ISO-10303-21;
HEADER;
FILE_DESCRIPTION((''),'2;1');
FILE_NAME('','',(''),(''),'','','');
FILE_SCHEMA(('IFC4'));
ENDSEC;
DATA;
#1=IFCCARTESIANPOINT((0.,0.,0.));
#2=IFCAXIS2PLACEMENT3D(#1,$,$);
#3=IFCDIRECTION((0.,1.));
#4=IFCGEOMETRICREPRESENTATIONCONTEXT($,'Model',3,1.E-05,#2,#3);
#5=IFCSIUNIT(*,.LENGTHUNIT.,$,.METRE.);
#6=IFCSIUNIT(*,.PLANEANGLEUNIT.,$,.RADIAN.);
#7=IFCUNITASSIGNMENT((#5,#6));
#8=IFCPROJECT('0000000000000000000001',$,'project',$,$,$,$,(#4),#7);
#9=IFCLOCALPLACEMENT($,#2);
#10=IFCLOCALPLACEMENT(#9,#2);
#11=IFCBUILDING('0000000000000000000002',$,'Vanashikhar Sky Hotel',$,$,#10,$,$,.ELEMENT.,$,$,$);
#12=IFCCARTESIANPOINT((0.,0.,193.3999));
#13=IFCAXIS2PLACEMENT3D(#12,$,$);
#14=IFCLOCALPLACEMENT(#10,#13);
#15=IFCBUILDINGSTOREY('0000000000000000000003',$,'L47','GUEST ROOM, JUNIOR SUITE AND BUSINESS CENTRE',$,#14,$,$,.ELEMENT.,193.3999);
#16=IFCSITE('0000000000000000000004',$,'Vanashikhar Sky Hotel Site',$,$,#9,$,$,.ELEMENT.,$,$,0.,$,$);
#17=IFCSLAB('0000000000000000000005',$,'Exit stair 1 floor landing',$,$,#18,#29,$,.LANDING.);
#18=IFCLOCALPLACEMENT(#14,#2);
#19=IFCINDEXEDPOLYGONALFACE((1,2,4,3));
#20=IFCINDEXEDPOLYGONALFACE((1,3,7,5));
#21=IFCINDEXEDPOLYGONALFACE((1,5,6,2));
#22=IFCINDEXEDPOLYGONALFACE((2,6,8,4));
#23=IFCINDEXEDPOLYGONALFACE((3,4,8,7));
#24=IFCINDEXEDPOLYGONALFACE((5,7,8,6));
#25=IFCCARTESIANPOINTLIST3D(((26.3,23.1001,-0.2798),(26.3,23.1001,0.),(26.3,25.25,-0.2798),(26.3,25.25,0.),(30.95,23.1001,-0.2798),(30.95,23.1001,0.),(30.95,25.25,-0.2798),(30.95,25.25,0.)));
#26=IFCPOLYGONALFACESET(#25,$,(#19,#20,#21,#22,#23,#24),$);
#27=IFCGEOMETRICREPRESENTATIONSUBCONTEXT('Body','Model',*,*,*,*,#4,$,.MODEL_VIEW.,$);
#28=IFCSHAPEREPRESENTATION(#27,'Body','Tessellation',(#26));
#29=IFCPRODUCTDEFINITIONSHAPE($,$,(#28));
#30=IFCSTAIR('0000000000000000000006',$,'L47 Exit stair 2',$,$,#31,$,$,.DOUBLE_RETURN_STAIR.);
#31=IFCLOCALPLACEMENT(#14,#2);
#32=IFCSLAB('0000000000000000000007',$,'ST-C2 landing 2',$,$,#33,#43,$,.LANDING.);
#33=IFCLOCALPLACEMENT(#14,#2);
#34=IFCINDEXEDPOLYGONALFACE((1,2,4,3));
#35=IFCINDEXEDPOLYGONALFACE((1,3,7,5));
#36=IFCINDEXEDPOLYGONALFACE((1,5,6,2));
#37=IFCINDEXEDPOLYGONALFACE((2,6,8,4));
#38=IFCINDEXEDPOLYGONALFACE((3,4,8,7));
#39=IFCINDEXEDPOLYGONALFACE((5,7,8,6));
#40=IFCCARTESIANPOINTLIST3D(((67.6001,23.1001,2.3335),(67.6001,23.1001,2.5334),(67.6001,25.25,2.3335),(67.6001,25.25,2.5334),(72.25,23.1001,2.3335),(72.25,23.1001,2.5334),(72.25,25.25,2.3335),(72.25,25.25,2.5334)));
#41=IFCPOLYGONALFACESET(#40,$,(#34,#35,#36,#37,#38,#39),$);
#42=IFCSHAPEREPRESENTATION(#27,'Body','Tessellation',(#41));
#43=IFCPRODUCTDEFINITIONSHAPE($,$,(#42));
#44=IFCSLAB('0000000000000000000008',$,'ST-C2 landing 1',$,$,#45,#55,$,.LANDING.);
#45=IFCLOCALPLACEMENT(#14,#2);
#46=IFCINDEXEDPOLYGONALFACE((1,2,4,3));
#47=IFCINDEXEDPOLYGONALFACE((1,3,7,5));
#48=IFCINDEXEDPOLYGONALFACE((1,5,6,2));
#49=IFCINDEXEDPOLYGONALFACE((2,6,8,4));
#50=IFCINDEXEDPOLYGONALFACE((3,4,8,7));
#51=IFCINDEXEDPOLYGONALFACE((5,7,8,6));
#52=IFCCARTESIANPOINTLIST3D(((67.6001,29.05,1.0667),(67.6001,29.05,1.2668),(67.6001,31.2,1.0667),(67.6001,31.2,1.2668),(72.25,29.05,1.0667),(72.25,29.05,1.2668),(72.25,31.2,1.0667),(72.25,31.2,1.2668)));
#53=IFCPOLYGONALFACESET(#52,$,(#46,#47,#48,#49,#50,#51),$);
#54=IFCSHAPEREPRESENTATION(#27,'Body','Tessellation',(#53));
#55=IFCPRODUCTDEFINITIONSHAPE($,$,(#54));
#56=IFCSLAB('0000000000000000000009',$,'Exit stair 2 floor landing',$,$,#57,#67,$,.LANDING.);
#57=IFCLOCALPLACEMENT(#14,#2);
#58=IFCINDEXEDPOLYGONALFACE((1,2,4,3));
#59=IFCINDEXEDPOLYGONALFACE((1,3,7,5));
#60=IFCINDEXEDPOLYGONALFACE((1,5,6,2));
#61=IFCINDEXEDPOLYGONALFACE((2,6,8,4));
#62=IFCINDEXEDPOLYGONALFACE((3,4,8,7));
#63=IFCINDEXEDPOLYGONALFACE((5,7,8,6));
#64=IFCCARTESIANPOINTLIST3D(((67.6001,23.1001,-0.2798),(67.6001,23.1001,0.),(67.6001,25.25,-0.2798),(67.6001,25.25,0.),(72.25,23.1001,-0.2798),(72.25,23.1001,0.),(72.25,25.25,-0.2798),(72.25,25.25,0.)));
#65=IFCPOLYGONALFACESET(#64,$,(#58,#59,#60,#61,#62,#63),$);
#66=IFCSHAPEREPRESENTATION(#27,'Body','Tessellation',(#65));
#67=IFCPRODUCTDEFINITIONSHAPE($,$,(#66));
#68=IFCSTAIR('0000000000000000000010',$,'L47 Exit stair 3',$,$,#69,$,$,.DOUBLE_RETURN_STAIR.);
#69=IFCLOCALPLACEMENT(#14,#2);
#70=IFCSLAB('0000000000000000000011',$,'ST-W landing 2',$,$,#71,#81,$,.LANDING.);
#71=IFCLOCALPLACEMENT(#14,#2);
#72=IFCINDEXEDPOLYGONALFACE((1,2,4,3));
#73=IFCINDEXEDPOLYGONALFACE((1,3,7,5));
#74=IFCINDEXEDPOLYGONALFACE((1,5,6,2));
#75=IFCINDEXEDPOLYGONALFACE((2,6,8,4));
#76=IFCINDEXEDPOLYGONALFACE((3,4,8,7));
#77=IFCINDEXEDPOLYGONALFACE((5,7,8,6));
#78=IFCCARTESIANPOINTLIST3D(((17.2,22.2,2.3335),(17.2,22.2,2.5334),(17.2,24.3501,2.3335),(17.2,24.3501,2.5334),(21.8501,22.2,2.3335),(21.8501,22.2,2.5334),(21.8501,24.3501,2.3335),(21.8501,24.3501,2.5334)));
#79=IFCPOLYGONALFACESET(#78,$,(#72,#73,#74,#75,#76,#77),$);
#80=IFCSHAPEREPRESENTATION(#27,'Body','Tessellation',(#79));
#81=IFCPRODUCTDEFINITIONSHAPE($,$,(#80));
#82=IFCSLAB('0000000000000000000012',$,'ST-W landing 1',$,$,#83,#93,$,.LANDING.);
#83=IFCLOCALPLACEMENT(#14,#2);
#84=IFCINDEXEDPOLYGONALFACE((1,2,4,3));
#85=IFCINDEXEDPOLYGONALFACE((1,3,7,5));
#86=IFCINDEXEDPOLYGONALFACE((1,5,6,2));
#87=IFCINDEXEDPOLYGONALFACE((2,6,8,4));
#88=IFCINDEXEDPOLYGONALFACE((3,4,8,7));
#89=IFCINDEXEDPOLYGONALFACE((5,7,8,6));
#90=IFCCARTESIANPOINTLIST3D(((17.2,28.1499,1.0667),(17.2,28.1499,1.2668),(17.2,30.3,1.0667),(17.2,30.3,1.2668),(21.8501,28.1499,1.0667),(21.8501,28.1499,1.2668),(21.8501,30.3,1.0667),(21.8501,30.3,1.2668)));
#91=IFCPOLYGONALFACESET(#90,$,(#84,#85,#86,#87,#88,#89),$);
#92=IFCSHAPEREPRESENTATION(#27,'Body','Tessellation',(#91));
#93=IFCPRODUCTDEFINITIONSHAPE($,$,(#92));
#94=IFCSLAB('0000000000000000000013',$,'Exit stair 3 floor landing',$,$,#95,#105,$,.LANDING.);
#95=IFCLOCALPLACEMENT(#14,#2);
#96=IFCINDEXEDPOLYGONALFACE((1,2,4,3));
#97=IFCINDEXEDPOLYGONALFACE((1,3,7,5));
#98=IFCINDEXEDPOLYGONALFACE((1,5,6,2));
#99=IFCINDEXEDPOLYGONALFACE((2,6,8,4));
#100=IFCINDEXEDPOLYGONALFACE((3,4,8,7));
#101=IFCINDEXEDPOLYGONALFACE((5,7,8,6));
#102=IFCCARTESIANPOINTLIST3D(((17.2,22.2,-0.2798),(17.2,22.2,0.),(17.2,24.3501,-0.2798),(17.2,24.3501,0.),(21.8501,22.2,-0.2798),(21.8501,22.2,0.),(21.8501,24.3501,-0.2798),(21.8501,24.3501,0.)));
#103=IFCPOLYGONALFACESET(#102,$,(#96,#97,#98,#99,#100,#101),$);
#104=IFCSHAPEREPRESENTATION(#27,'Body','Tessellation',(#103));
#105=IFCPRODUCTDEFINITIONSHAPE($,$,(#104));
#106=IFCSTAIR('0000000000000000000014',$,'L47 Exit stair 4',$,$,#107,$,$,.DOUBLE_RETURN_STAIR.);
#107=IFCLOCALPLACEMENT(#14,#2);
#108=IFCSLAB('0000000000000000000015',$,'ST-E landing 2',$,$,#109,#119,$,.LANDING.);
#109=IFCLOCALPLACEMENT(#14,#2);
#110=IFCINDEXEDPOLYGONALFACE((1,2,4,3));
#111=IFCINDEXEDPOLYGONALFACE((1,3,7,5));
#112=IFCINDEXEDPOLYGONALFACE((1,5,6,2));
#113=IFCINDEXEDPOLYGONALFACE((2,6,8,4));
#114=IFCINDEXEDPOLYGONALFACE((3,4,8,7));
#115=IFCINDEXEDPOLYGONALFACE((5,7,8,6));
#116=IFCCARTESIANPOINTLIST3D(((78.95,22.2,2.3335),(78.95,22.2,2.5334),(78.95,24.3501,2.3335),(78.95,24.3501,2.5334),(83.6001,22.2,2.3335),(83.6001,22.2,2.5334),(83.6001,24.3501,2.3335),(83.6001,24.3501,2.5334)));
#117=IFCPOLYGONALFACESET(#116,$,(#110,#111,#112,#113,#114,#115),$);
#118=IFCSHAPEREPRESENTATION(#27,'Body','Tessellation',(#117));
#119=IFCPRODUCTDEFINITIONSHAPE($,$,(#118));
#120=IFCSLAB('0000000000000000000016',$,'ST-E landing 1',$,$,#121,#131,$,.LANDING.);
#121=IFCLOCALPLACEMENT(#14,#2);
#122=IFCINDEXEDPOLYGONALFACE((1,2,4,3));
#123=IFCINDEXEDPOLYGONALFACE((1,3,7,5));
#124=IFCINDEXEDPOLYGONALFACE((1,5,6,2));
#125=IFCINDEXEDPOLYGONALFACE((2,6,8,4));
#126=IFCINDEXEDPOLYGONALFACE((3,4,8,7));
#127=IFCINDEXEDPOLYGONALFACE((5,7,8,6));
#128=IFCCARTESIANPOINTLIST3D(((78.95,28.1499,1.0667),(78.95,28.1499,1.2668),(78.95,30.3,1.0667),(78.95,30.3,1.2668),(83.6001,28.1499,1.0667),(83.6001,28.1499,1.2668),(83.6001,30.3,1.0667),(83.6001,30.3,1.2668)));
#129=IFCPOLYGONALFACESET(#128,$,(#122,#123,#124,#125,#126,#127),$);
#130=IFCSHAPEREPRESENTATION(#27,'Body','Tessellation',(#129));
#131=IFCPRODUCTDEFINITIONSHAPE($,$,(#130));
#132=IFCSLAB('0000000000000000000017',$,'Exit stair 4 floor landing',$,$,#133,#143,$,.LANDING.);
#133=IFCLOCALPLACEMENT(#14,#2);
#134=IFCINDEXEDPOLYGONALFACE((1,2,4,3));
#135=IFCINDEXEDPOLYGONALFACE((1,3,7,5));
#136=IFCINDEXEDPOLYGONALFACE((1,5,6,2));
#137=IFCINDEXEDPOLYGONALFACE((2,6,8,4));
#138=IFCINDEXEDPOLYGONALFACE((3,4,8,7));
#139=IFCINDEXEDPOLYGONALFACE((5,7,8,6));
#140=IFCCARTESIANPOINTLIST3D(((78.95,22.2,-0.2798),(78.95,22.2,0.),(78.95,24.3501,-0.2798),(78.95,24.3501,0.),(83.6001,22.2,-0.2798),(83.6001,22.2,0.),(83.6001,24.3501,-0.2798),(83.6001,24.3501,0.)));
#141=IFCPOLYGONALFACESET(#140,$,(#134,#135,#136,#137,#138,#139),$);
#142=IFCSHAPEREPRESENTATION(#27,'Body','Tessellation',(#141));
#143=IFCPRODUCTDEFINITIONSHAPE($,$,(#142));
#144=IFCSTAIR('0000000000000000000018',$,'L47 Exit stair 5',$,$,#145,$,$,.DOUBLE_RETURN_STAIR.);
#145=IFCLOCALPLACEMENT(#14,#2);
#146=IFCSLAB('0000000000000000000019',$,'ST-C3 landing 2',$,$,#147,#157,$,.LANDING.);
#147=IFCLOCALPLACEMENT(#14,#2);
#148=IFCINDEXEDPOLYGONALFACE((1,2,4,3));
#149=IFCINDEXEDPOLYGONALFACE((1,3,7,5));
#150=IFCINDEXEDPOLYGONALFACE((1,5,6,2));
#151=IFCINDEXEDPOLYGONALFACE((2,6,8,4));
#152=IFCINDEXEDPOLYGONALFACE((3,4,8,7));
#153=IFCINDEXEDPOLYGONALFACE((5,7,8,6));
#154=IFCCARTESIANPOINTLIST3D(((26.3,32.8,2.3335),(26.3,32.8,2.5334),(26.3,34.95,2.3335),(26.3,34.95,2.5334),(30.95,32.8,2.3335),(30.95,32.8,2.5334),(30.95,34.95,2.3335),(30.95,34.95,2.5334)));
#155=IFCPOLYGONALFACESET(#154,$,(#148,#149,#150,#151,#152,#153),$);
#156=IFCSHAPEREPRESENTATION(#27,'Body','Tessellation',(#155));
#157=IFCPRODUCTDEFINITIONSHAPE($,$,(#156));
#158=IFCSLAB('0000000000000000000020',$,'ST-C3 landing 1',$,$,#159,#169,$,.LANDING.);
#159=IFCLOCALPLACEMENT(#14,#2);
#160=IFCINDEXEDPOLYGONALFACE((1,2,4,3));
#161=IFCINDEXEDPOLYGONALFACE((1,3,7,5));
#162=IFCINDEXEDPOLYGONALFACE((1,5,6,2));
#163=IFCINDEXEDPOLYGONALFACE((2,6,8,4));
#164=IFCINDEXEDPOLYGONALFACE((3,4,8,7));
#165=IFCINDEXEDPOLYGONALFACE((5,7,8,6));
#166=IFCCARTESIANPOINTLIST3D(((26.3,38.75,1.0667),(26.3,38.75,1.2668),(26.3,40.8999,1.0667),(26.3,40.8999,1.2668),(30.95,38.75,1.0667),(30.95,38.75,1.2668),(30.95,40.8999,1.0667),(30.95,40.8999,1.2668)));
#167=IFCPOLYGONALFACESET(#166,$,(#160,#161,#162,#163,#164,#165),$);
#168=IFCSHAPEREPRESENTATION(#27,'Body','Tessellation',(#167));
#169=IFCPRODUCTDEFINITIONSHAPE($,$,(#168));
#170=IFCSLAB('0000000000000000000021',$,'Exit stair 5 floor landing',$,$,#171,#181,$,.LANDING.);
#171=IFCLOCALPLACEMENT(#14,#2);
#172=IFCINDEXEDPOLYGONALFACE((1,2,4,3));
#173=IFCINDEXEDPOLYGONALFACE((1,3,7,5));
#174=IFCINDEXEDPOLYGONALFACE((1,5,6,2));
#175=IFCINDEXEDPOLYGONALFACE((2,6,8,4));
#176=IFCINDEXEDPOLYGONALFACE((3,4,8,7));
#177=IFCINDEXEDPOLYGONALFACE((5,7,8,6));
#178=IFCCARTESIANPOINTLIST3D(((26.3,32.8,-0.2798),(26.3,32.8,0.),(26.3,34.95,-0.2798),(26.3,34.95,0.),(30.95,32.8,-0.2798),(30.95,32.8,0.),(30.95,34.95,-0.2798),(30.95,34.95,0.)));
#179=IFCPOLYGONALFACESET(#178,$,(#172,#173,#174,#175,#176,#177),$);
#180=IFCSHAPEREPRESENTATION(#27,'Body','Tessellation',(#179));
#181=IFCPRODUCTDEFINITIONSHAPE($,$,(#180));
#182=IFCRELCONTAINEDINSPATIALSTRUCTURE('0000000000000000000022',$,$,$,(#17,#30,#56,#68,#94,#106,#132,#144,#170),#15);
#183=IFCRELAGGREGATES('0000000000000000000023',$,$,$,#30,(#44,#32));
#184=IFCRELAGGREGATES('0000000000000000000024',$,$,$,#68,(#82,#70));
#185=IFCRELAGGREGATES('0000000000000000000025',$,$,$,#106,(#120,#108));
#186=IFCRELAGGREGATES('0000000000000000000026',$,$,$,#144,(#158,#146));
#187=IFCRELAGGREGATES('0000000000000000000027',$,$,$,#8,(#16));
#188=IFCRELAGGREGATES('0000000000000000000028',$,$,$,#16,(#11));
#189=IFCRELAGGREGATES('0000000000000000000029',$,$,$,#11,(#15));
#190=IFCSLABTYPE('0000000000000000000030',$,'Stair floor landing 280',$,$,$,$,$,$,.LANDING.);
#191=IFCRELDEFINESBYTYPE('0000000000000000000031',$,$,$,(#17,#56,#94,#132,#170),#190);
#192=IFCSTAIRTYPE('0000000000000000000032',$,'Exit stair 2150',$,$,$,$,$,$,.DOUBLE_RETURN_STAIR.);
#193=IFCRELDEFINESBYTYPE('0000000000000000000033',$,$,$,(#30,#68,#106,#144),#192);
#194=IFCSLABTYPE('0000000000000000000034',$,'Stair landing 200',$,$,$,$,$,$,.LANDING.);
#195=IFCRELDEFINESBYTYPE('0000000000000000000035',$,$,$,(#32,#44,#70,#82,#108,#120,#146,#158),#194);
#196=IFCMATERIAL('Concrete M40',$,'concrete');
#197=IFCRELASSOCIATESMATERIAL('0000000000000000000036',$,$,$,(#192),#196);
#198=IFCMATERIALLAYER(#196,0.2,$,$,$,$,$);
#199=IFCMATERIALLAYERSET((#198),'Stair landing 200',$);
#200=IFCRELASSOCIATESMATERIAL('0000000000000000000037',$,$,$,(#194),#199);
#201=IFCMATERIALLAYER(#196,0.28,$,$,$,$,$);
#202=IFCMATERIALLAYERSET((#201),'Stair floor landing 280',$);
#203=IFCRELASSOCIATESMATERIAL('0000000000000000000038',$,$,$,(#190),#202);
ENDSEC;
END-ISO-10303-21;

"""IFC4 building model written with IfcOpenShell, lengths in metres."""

from ifc_helpers import new_model, si_unit, direction, frame, origin, place, context, subcontext, project, spatial, polyline, outline, extrude, source, transform, mapped, material, layer, layer_set, type_object, element, aggregate, save


model = new_model("IFC4")

# Units and contexts
model_context = context("Model", 3, precision=1e-05, world=origin(), true_north=direction((0.0, 1.0)))
body_context = subcontext(model_context, "Body", "Model", "MODEL_VIEW")
ifc_project = project(units=[si_unit("LENGTHUNIT", "METRE"), si_unit("PLANEANGLEUNIT", "RADIAN")], contexts=[model_context])

# Site, building, storey
site_placement = place(None, origin())
site = spatial("IfcSite", under=ifc_project, at=site_placement, Name="Vanashikhar Sky Hotel Site", CompositionType="ELEMENT", RefElevation=0.0)
building_placement = place(site_placement, origin())
building = spatial("IfcBuilding", under=site, at=building_placement, Name="Vanashikhar Sky Hotel", CompositionType="ELEMENT")
storey_placement = place(building_placement, frame((0.0, 0.0, 193.3999)))
storey = spatial("IfcBuildingStorey", under=building, at=storey_placement, Name="L47", Description="GUEST ROOM, JUNIOR SUITE AND BUSINESS CENTRE", CompositionType="ELEMENT", Elevation=193.3999)

# Shared definitions
ifc_material = material(Name="Concrete M40", Category="concrete")

# Shared definitions
stair_type = type_object("IfcStairType", Name="Exit stair 2150", PredefinedType="DOUBLE_RETURN_STAIR", material=ifc_material)
ifc_layer_1 = layer(ifc_material, 0.2)
ifc_layer_set_1 = layer_set([ifc_layer_1], Name="Stair landing 200")
slab_type_1 = type_object("IfcSlabType", Name="Stair landing 200", PredefinedType="LANDING", material=ifc_layer_set_1)

# Slab
ifc_layer_2 = layer(ifc_material, 0.28)
ifc_layer_set_2 = layer_set([ifc_layer_2], Name="Stair floor landing 280")
slab_type_2 = type_object("IfcSlabType", Name="Stair floor landing 280", PredefinedType="LANDING", material=ifc_layer_set_2)
shared_shape_1 = source(origin(), body_context, "Body", "SweptSolid", [
    extrude(outline(polyline([(30.95, 23.1001), (30.95, 25.25), (26.3, 25.25), (26.3, 23.1001), (30.95, 23.1001)])), origin(), (0.0, 0.0, 1.0), 0.2798),
])
slab_1_placement = place(storey_placement, frame((0.0, 0.0, -0.2798)))
element("IfcSlab", 1, at=slab_1_placement, inside=storey, type_object=slab_type_2, Name="Exit stair 1 floor landing", PredefinedType="LANDING", context=body_context, shape_type="MappedRepresentation", body=[
    mapped(shared_shape_1, transform((0.0, 0.0, 0.0), scale=1.0)),
])

# Stair, slabs
stair_1_placement = place(storey_placement, origin())
stair_1 = element("IfcStair", 2, at=stair_1_placement, inside=storey, type_object=stair_type, Name="L47 Exit stair 2", PredefinedType="DOUBLE_RETURN_STAIR")
shared_shape_2 = source(origin(), body_context, "Body", "SweptSolid", [
    extrude(outline(polyline([(72.25, 23.1001), (72.25, 25.25), (67.6001, 25.25), (67.6001, 23.1001), (72.25, 23.1001)])), origin(), (0.0, 0.0, 1.0), 0.2),
])
slab_2_placement = place(storey_placement, frame((0.0, 0.0, 2.3335)))
slab_2 = element("IfcSlab", 3, at=slab_2_placement, type_object=slab_type_1, Name="ST-C2 landing 2", PredefinedType="LANDING", context=body_context, shape_type="MappedRepresentation", body=[
    mapped(shared_shape_2, transform((0.0, 0.0, 0.0), scale=1.0)),
])
shared_shape_3 = source(origin(), body_context, "Body", "SweptSolid", [
    extrude(outline(polyline([(72.25, 29.05), (72.25, 31.2), (67.6001, 31.2), (67.6001, 29.05), (72.25, 29.05)])), origin(), (0.0, 0.0, 1.0), 0.2002),
])
slab_3_placement = place(storey_placement, frame((0.0, 0.0, 1.0667)))
slab_3 = element("IfcSlab", 4, at=slab_3_placement, type_object=slab_type_1, Name="ST-C2 landing 1", PredefinedType="LANDING", context=body_context, shape_type="MappedRepresentation", body=[
    mapped(shared_shape_3, transform((0.0, 0.0, 0.0), scale=1.0)),
])
aggregate(stair_1, [slab_3, slab_2])

# Slab
shared_shape_4 = source(origin(), body_context, "Body", "SweptSolid", [
    extrude(outline(polyline([(72.25, 23.1001), (72.25, 25.25), (67.6001, 25.25), (67.6001, 23.1001), (72.25, 23.1001)])), origin(), (0.0, 0.0, 1.0), 0.2798),
])
slab_4_placement = place(storey_placement, frame((0.0, 0.0, -0.2798)))
element("IfcSlab", 5, at=slab_4_placement, inside=storey, type_object=slab_type_2, Name="Exit stair 2 floor landing", PredefinedType="LANDING", context=body_context, shape_type="MappedRepresentation", body=[
    mapped(shared_shape_4, transform((0.0, 0.0, 0.0), scale=1.0)),
])

# Stair, slabs
stair_2_placement = place(storey_placement, origin())
stair_2 = element("IfcStair", 6, at=stair_2_placement, inside=storey, type_object=stair_type, Name="L47 Exit stair 3", PredefinedType="DOUBLE_RETURN_STAIR")
shared_shape_5 = source(origin(), body_context, "Body", "SweptSolid", [
    extrude(outline(polyline([(21.8501, 22.2), (21.8501, 24.3501), (17.2, 24.3501), (17.2, 22.2), (21.8501, 22.2)])), origin(), (0.0, 0.0, 1.0), 0.2),
])
slab_5_placement = place(storey_placement, frame((0.0, 0.0, 2.3335)))
slab_5 = element("IfcSlab", 7, at=slab_5_placement, type_object=slab_type_1, Name="ST-W landing 2", PredefinedType="LANDING", context=body_context, shape_type="MappedRepresentation", body=[
    mapped(shared_shape_5, transform((0.0, 0.0, 0.0), scale=1.0)),
])
shared_shape_6 = source(origin(), body_context, "Body", "SweptSolid", [
    extrude(outline(polyline([(21.8501, 28.1499), (21.8501, 30.3), (17.2, 30.3), (17.2, 28.1499), (21.8501, 28.1499)])), origin(), (0.0, 0.0, 1.0), 0.2002),
])
slab_6_placement = place(storey_placement, frame((0.0, 0.0, 1.0667)))
slab_6 = element("IfcSlab", 8, at=slab_6_placement, type_object=slab_type_1, Name="ST-W landing 1", PredefinedType="LANDING", context=body_context, shape_type="MappedRepresentation", body=[
    mapped(shared_shape_6, transform((0.0, 0.0, 0.0), scale=1.0)),
])
aggregate(stair_2, [slab_6, slab_5])

# Slab
shared_shape_7 = source(origin(), body_context, "Body", "SweptSolid", [
    extrude(outline(polyline([(21.8501, 22.2), (21.8501, 24.3501), (17.2, 24.3501), (17.2, 22.2), (21.8501, 22.2)])), origin(), (0.0, 0.0, 1.0), 0.2798),
])
slab_7_placement = place(storey_placement, frame((0.0, 0.0, -0.2798)))
element("IfcSlab", 9, at=slab_7_placement, inside=storey, type_object=slab_type_2, Name="Exit stair 3 floor landing", PredefinedType="LANDING", context=body_context, shape_type="MappedRepresentation", body=[
    mapped(shared_shape_7, transform((0.0, 0.0, 0.0), scale=1.0)),
])

# Stair, slabs
stair_3_placement = place(storey_placement, origin())
stair_3 = element("IfcStair", 10, at=stair_3_placement, inside=storey, type_object=stair_type, Name="L47 Exit stair 4", PredefinedType="DOUBLE_RETURN_STAIR")
shared_shape_8 = source(origin(), body_context, "Body", "SweptSolid", [
    extrude(outline(polyline([(83.6001, 22.2), (83.6001, 24.3501), (78.95, 24.3501), (78.95, 22.2), (83.6001, 22.2)])), origin(), (0.0, 0.0, 1.0), 0.2),
])
slab_8_placement = place(storey_placement, frame((0.0, 0.0, 2.3335)))
slab_8 = element("IfcSlab", 11, at=slab_8_placement, type_object=slab_type_1, Name="ST-E landing 2", PredefinedType="LANDING", context=body_context, shape_type="MappedRepresentation", body=[
    mapped(shared_shape_8, transform((0.0, 0.0, 0.0), scale=1.0)),
])
shared_shape_9 = source(origin(), body_context, "Body", "SweptSolid", [
    extrude(outline(polyline([(83.6001, 28.1499), (83.6001, 30.3), (78.95, 30.3), (78.95, 28.1499), (83.6001, 28.1499)])), origin(), (0.0, 0.0, 1.0), 0.2002),
])
slab_9_placement = place(storey_placement, frame((0.0, 0.0, 1.0667)))
slab_9 = element("IfcSlab", 12, at=slab_9_placement, type_object=slab_type_1, Name="ST-E landing 1", PredefinedType="LANDING", context=body_context, shape_type="MappedRepresentation", body=[
    mapped(shared_shape_9, transform((0.0, 0.0, 0.0), scale=1.0)),
])
aggregate(stair_3, [slab_9, slab_8])

# Slab
shared_shape_10 = source(origin(), body_context, "Body", "SweptSolid", [
    extrude(outline(polyline([(83.6001, 22.2), (83.6001, 24.3501), (78.95, 24.3501), (78.95, 22.2), (83.6001, 22.2)])), origin(), (0.0, 0.0, 1.0), 0.2798),
])
slab_10_placement = place(storey_placement, frame((0.0, 0.0, -0.2798)))
element("IfcSlab", 13, at=slab_10_placement, inside=storey, type_object=slab_type_2, Name="Exit stair 4 floor landing", PredefinedType="LANDING", context=body_context, shape_type="MappedRepresentation", body=[
    mapped(shared_shape_10, transform((0.0, 0.0, 0.0), scale=1.0)),
])

# Stair, slabs
stair_4_placement = place(storey_placement, origin())
stair_4 = element("IfcStair", 14, at=stair_4_placement, inside=storey, type_object=stair_type, Name="L47 Exit stair 5", PredefinedType="DOUBLE_RETURN_STAIR")
shared_shape_11 = source(origin(), body_context, "Body", "SweptSolid", [
    extrude(outline(polyline([(30.95, 32.8), (30.95, 34.95), (26.3, 34.95), (26.3, 32.8), (30.95, 32.8)])), origin(), (0.0, 0.0, 1.0), 0.2),
])
slab_11_placement = place(storey_placement, frame((0.0, 0.0, 2.3335)))
slab_11 = element("IfcSlab", 15, at=slab_11_placement, type_object=slab_type_1, Name="ST-C3 landing 2", PredefinedType="LANDING", context=body_context, shape_type="MappedRepresentation", body=[
    mapped(shared_shape_11, transform((0.0, 0.0, 0.0), scale=1.0)),
])
shared_shape_12 = source(origin(), body_context, "Body", "SweptSolid", [
    extrude(outline(polyline([(30.95, 38.75), (30.95, 40.8999), (26.3, 40.8999), (26.3, 38.75), (30.95, 38.75)])), origin(), (0.0, 0.0, 1.0), 0.2002),
])
slab_12_placement = place(storey_placement, frame((0.0, 0.0, 1.0667)))
slab_12 = element("IfcSlab", 16, at=slab_12_placement, type_object=slab_type_1, Name="ST-C3 landing 1", PredefinedType="LANDING", context=body_context, shape_type="MappedRepresentation", body=[
    mapped(shared_shape_12, transform((0.0, 0.0, 0.0), scale=1.0)),
])
aggregate(stair_4, [slab_12, slab_11])

# Slab
shared_shape_13 = source(origin(), body_context, "Body", "SweptSolid", [
    extrude(outline(polyline([(30.95, 32.8), (30.95, 34.95), (26.3, 34.95), (26.3, 32.8), (30.95, 32.8)])), origin(), (0.0, 0.0, 1.0), 0.2798),
])
slab_13_placement = place(storey_placement, frame((0.0, 0.0, -0.2798)))
element("IfcSlab", 17, at=slab_13_placement, inside=storey, type_object=slab_type_2, Name="Exit stair 5 floor landing", PredefinedType="LANDING", context=body_context, shape_type="MappedRepresentation", body=[
    mapped(shared_shape_13, transform((0.0, 0.0, 0.0), scale=1.0)),
])

save(model, "model.ifc")
